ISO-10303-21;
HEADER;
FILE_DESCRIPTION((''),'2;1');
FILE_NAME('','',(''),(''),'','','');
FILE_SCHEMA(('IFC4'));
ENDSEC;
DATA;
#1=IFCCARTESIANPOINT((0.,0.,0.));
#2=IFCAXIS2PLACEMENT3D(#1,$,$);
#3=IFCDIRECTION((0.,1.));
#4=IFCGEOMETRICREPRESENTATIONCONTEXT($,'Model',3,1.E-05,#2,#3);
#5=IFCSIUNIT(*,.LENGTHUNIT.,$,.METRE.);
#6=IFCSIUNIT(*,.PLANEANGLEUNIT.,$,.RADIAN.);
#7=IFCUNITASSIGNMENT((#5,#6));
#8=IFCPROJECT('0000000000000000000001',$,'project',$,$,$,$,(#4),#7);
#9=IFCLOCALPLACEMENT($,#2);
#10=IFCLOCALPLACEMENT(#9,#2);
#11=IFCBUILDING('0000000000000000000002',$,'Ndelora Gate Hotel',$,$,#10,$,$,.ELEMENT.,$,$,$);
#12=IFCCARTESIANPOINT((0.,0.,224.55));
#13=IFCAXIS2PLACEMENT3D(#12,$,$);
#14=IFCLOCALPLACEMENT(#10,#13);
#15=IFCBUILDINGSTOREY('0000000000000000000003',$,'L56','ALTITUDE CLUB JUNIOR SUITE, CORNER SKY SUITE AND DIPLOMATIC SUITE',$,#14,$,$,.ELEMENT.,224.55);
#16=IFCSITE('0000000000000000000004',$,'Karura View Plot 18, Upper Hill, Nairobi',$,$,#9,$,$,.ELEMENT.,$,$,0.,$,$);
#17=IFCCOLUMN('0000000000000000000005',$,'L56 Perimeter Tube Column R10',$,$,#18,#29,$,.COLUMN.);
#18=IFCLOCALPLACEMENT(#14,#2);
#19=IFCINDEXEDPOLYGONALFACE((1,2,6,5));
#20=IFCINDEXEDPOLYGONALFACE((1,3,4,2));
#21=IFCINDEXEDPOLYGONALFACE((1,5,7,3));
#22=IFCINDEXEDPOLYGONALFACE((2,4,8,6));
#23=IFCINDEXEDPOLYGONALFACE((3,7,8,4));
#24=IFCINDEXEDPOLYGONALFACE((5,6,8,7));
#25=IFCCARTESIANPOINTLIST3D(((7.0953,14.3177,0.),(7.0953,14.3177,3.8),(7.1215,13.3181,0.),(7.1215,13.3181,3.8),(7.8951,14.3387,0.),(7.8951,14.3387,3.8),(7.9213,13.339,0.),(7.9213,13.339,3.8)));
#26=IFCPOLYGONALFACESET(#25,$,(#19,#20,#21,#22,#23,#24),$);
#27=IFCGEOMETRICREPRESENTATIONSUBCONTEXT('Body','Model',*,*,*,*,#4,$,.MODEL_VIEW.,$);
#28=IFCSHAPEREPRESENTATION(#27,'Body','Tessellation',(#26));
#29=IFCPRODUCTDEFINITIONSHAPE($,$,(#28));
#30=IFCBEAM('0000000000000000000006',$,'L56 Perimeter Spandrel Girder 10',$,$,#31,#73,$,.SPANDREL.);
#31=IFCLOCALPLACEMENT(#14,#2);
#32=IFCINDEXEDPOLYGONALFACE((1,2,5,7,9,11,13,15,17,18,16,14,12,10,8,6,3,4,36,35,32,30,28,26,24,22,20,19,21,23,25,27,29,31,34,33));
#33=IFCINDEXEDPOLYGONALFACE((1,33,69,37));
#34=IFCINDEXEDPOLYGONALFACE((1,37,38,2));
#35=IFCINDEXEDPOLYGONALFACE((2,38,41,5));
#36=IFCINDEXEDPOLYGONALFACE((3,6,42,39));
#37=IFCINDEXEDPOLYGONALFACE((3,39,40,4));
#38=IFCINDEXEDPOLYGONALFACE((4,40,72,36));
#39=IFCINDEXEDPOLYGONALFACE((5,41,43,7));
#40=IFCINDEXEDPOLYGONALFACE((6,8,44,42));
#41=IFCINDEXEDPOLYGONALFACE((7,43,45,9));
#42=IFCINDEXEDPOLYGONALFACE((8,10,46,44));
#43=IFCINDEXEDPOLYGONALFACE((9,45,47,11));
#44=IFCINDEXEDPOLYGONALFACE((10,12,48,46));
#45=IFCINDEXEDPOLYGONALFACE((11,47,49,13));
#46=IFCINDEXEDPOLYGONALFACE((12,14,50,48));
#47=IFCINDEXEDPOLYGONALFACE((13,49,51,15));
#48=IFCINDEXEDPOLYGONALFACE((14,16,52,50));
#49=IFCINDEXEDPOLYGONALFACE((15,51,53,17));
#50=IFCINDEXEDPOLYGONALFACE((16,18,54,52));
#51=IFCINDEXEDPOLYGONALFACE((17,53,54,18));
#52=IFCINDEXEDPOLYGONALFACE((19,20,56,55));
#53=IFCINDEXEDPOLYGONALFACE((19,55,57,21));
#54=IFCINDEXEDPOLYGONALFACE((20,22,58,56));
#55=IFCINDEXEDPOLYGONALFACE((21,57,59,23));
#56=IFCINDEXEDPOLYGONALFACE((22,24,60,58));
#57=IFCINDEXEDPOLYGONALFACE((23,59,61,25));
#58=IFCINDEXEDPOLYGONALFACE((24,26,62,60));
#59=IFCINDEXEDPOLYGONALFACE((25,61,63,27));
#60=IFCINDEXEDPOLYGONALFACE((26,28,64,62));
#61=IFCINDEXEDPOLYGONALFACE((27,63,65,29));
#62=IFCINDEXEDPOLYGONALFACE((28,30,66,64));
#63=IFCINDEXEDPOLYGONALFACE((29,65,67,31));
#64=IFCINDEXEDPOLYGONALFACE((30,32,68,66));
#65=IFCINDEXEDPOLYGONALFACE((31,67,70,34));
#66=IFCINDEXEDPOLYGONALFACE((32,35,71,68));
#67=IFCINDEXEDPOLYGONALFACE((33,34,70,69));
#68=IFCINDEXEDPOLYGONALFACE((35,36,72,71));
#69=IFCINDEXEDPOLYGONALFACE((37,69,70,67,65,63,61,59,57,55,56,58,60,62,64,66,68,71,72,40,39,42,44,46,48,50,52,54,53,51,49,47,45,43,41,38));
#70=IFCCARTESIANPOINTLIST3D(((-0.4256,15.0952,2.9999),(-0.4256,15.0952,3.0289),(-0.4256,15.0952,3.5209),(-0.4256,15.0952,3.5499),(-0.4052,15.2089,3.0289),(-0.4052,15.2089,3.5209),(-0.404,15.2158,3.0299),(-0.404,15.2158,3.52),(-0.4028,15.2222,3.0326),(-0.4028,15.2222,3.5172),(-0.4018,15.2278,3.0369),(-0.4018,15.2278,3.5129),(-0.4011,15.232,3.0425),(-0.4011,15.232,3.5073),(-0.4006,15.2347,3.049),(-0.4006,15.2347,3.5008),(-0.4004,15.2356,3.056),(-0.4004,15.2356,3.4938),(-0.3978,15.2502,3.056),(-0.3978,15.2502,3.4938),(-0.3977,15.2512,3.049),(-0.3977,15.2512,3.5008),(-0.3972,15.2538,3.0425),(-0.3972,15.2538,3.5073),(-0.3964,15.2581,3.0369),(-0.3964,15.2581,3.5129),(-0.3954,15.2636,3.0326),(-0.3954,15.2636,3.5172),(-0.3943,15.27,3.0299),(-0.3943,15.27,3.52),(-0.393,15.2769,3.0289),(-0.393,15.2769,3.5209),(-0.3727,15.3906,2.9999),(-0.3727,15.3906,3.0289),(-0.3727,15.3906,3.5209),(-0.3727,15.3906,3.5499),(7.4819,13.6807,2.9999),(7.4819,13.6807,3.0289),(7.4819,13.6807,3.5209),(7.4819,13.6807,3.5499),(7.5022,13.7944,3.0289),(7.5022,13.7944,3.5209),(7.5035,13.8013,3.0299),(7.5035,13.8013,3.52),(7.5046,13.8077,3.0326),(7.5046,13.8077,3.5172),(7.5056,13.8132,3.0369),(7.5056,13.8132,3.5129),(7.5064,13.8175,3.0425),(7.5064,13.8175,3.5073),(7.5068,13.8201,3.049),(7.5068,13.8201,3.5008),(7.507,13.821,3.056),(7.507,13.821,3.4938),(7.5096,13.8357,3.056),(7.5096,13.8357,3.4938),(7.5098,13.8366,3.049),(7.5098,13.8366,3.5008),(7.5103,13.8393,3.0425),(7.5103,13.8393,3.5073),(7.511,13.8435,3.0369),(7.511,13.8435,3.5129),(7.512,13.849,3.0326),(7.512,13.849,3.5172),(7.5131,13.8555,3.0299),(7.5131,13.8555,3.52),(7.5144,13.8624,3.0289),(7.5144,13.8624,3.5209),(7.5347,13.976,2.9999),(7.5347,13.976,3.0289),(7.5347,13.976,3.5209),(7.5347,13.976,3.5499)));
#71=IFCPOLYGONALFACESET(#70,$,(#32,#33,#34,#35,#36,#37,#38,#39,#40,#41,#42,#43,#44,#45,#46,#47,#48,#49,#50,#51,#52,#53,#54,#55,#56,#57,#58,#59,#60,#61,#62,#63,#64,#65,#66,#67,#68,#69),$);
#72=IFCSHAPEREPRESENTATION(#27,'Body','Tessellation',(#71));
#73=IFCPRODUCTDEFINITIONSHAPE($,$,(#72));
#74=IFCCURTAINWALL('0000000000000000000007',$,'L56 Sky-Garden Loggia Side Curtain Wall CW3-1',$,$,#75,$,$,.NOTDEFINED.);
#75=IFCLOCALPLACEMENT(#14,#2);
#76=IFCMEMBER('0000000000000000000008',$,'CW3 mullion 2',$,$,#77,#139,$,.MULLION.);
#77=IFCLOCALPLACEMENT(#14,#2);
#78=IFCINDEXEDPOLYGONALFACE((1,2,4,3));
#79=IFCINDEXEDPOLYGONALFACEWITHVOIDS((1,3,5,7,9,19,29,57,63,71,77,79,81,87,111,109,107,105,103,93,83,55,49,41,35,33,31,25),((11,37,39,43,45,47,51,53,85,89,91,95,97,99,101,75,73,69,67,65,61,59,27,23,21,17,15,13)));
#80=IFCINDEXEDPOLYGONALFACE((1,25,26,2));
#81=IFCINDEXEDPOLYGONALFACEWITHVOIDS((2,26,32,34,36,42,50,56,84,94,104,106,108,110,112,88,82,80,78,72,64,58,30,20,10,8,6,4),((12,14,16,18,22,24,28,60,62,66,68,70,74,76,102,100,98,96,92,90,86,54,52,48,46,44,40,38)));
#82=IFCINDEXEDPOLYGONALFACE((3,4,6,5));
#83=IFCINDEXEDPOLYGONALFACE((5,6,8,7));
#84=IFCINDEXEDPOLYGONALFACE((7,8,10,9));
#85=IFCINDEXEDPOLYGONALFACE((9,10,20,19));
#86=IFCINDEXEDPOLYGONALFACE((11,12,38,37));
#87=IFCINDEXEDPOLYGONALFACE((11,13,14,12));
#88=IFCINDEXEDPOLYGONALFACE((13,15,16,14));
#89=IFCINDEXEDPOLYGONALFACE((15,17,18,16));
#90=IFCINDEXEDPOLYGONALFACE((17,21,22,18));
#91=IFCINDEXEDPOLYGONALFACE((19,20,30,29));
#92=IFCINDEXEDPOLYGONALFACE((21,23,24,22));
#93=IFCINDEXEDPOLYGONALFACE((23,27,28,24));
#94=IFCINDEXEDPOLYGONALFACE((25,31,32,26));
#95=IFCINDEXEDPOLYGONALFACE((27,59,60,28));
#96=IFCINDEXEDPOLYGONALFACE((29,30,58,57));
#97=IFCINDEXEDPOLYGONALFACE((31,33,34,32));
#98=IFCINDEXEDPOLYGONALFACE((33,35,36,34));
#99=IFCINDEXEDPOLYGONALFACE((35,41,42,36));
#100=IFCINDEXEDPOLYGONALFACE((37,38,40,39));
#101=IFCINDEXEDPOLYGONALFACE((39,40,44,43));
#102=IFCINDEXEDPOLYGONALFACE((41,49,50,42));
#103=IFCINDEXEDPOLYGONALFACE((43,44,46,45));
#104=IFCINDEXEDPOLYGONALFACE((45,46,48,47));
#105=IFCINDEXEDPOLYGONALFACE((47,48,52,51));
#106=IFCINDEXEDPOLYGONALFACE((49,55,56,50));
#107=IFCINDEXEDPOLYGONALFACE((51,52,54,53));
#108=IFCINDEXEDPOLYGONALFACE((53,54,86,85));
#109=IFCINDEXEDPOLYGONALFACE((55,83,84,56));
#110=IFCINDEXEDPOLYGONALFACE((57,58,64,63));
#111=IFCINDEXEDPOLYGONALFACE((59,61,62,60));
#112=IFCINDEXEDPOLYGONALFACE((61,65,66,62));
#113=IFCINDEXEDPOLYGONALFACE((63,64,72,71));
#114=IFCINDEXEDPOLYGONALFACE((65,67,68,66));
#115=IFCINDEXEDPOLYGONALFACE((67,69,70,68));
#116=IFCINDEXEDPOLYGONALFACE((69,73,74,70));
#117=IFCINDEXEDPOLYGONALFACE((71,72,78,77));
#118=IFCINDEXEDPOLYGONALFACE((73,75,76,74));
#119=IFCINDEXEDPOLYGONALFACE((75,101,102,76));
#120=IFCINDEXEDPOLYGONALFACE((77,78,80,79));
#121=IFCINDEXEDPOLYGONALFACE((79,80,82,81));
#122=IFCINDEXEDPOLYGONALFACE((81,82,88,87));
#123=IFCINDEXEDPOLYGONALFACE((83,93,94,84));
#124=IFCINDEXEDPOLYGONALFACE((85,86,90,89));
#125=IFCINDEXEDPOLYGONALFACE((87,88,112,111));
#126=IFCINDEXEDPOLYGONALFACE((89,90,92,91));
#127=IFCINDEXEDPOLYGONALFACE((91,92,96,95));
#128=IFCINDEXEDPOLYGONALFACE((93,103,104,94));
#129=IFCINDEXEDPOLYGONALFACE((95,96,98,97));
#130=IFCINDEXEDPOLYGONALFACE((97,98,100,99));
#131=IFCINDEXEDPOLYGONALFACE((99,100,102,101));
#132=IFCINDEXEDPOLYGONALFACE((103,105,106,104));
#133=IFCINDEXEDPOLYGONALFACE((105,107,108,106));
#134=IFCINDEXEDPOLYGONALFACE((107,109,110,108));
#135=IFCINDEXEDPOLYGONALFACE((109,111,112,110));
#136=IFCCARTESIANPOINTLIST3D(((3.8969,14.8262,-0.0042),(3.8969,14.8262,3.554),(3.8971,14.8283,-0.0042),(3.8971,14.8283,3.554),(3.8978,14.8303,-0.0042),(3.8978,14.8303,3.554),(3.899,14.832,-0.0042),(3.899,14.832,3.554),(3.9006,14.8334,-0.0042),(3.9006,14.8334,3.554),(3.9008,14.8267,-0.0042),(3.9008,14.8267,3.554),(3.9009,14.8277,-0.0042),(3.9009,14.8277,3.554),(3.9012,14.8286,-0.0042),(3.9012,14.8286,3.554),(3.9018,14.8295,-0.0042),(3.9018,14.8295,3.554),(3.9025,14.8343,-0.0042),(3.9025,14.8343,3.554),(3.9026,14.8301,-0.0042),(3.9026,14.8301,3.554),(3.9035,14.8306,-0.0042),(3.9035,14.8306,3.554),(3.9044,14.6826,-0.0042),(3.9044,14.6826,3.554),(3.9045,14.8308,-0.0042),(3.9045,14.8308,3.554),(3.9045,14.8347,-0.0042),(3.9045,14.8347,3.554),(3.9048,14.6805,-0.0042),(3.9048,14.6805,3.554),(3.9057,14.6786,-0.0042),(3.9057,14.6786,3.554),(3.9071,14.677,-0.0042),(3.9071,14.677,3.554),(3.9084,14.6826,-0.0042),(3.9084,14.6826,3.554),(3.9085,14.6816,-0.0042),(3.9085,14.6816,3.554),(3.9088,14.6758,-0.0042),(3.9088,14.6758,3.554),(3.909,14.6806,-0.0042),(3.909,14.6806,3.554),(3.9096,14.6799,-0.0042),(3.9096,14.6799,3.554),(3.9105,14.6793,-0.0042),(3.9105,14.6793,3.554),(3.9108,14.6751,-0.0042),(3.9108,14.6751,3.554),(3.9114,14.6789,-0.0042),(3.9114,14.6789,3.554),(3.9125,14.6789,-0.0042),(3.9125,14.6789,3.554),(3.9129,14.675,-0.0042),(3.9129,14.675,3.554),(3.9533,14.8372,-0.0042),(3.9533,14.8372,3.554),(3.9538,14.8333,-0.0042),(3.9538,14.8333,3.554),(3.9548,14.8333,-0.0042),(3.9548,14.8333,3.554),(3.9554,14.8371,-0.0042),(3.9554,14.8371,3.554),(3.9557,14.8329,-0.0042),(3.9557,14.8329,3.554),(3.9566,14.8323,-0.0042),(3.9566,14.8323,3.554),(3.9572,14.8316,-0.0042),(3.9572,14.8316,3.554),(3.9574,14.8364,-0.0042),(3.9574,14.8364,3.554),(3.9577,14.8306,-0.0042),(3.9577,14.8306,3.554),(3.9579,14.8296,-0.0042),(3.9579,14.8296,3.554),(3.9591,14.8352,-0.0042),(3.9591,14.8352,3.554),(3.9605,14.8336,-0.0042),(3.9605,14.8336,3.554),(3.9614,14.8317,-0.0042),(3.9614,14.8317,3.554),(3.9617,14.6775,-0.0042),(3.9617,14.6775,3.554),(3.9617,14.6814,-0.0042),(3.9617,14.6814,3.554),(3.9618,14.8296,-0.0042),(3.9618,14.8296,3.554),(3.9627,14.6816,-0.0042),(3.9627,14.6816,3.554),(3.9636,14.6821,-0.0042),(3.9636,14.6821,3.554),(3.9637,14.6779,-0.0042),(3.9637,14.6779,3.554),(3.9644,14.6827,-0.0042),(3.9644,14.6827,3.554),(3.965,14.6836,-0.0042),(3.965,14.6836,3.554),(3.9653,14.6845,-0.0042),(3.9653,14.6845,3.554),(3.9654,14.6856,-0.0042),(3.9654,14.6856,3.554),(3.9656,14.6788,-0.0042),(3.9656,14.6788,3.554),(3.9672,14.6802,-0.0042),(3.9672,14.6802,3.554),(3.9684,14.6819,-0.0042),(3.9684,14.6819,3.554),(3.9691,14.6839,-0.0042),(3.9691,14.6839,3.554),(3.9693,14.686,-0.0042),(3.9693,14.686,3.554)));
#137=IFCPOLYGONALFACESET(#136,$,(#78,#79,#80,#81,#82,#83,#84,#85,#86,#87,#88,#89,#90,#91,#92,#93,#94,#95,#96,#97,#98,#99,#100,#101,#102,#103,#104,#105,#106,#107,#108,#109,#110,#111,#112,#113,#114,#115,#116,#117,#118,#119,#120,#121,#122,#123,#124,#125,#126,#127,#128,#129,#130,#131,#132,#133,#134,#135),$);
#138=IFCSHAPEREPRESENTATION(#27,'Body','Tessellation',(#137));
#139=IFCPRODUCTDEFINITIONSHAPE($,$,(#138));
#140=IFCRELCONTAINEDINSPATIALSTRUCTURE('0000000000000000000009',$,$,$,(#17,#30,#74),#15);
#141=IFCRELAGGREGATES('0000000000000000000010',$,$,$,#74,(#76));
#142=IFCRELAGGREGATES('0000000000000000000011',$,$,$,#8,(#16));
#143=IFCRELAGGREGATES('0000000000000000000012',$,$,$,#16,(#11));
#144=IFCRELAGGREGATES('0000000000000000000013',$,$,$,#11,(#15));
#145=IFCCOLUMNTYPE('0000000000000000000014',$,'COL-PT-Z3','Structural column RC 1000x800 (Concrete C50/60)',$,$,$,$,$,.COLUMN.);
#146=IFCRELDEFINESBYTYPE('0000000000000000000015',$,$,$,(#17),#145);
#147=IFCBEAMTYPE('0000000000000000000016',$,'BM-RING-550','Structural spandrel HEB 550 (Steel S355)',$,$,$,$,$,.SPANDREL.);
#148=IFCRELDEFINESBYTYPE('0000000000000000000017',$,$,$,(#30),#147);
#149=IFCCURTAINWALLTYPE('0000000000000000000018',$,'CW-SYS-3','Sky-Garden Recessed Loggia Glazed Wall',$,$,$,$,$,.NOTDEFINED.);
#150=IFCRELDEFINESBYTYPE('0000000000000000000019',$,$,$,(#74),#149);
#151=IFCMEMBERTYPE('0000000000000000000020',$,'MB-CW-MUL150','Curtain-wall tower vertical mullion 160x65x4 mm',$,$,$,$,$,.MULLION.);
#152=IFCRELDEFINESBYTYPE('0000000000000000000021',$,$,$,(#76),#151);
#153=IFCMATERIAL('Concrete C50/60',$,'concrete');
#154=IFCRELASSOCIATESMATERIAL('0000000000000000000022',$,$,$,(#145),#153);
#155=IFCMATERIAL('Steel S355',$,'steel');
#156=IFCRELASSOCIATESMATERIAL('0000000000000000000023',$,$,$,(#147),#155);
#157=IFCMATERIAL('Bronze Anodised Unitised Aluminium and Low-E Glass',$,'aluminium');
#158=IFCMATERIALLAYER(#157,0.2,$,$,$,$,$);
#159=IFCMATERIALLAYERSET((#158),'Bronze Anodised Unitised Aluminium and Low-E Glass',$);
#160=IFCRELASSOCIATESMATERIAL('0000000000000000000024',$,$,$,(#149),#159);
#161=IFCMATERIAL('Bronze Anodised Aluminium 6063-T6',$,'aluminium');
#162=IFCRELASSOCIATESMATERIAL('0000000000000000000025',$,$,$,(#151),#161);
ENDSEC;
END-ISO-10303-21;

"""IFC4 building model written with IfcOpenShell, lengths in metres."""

from ifc_helpers import new_model, si_unit, direction, frame, origin, origin_2d, place, context, subcontext, project, spatial, rectangle, hollow_rectangle, i_section, extrude, material, layer, layer_set, material_profile, profile_set, type_object, element, aggregate, save


model = new_model("IFC4")

# Units and contexts
model_context = context("Model", 3, precision=1e-05, world=origin(), true_north=direction((0.0, 1.0)))
body_context = subcontext(model_context, "Body", "Model", "MODEL_VIEW")
ifc_project = project(units=[si_unit("LENGTHUNIT", "METRE"), si_unit("PLANEANGLEUNIT", "RADIAN")], contexts=[model_context])

# Site, building, storey
site_placement = place(None, origin())
site = spatial("IfcSite", under=ifc_project, at=site_placement, Name="Karura View Plot 18, Upper Hill, Nairobi", CompositionType="ELEMENT", RefElevation=0.0)
building_placement = place(site_placement, origin())
building = spatial("IfcBuilding", under=site, at=building_placement, Name="Ndelora Gate Hotel", CompositionType="ELEMENT")
storey_placement = place(building_placement, frame((0.0, 0.0, 224.55)))
storey = spatial("IfcBuildingStorey", under=building, at=storey_placement, Name="L56", Description="ALTITUDE CLUB JUNIOR SUITE, CORNER SKY SUITE AND DIPLOMATIC SUITE", CompositionType="ELEMENT", Elevation=224.55)

# Column
ifc_material_1 = material(Name="Concrete C50/60", Category="concrete")
ifc_material_profile_1 = material_profile(ifc_material_1, rectangle(XDim=0.8, YDim=1.0, at=origin_2d()), Name="RC 1000x800")
ifc_profile_set_1 = profile_set([ifc_material_profile_1], Name="Concrete C50/60")
column_type = type_object("IfcColumnType", Name="COL-PT-Z3", Description="Structural column RC 1000x800 (Concrete C50/60)", PredefinedType="COLUMN", material=ifc_profile_set_1)
column_placement = place(storey_placement, frame((7.5083, 13.8284, 0.0), z_axis=(0.0, 0.0, 1.0), x_axis=(0.999657, 0.026177, 0.0)))
element("IfcColumn", 1, at=column_placement, inside=storey, type_object=column_type, Name="L56 Perimeter Tube Column R10", PredefinedType="COLUMN", context=body_context, shape_type="SweptSolid", body=[
    extrude(rectangle(XDim=0.8, YDim=1.0, at=origin_2d()), origin(), (0.0, 0.0, 1.0), 3.8),
])

# Beam
ifc_material_2 = material(Name="Steel S355", Category="steel")
ifc_material_profile_2 = material_profile(ifc_material_2, i_section(OverallWidth=0.3, OverallDepth=0.55, WebThickness=0.0149, FlangeThickness=0.0291, FilletRadius=0.0271, at=origin_2d()), Name="HEB 550")
ifc_profile_set_2 = profile_set([ifc_material_profile_2], Name="Steel S355")
beam_type = type_object("IfcBeamType", Name="BM-RING-550", Description="Structural spandrel HEB 550 (Steel S355)", PredefinedType="SPANDREL", material=ifc_profile_set_2)
beam_placement = place(storey_placement, frame((7.5083, 13.8284, 3.2749), z_axis=(-0.984374, 0.176093, 0.0), x_axis=(-0.176093, -0.984374, 0.0)))
element("IfcBeam", 2, at=beam_placement, inside=storey, type_object=beam_type, Name="L56 Perimeter Spandrel Girder 10", PredefinedType="SPANDREL", context=body_context, shape_type="SweptSolid", body=[
    extrude(i_section(OverallWidth=0.3, OverallDepth=0.55, WebThickness=0.0149, FlangeThickness=0.0291, FilletRadius=0.0271, at=origin_2d()), origin(), (0.0, 0.0, 1.0), 8.033),
])

# Curtain wall, member
ifc_material_3 = material(Name="Bronze Anodised Unitised Aluminium and Low-E Glass", Category="aluminium")
ifc_layer_1 = layer(ifc_material_3, 0.2)
ifc_layer_set_1 = layer_set([ifc_layer_1], Name="Bronze Anodised Unitised Aluminium and Low-E Glass")
curtain_wall_type = type_object("IfcCurtainWallType", Name="CW-SYS-3", Description="Sky-Garden Recessed Loggia Glazed Wall", PredefinedType="NOTDEFINED", material=ifc_layer_set_1)
curtain_wall_placement = place(storey_placement, origin())
curtain_wall = element("IfcCurtainWall", 3, at=curtain_wall_placement, inside=storey, type_object=curtain_wall_type, Name="L56 Sky-Garden Loggia Side Curtain Wall CW3-1", PredefinedType="NOTDEFINED")
ifc_material_4 = material(Name="Bronze Anodised Aluminium 6063-T6", Category="aluminium")
ifc_material_profile_3 = material_profile(ifc_material_4, hollow_rectangle(XDim=0.0649, YDim=0.1599, WallThickness=0.0039, InnerFilletRadius=0.0039, OuterFilletRadius=0.0081, at=origin_2d()), Name="ALU 160x65x4")
ifc_profile_set_3 = profile_set([ifc_material_profile_3], Name="Bronze Anodised Aluminium 6063-T6")
member_type_1 = type_object("IfcMemberType", Name="MB-CW-MUL150", Description="Curtain-wall tower vertical mullion 160x65x4 mm", PredefinedType="MULLION", material=ifc_profile_set_3)
member_1_placement = place(storey_placement, frame((3.9331, 14.7561, -0.0042), z_axis=(0.0, 0.0, 1.0), x_axis=(-0.99863, -0.052318, 0.0)))
member_1 = element("IfcMember", 4, at=member_1_placement, type_object=member_type_1, Name="CW3 mullion 2", PredefinedType="MULLION", context=body_context, shape_type="SweptSolid", body=[
    extrude(hollow_rectangle(XDim=0.0649, YDim=0.1599, WallThickness=0.0039, InnerFilletRadius=0.0039, OuterFilletRadius=0.0081, at=origin_2d()), origin(), (0.0, 0.0, 1.0), 3.5581),
])
aggregate(curtain_wall, [member_1])

save(model, "model.ifc")
